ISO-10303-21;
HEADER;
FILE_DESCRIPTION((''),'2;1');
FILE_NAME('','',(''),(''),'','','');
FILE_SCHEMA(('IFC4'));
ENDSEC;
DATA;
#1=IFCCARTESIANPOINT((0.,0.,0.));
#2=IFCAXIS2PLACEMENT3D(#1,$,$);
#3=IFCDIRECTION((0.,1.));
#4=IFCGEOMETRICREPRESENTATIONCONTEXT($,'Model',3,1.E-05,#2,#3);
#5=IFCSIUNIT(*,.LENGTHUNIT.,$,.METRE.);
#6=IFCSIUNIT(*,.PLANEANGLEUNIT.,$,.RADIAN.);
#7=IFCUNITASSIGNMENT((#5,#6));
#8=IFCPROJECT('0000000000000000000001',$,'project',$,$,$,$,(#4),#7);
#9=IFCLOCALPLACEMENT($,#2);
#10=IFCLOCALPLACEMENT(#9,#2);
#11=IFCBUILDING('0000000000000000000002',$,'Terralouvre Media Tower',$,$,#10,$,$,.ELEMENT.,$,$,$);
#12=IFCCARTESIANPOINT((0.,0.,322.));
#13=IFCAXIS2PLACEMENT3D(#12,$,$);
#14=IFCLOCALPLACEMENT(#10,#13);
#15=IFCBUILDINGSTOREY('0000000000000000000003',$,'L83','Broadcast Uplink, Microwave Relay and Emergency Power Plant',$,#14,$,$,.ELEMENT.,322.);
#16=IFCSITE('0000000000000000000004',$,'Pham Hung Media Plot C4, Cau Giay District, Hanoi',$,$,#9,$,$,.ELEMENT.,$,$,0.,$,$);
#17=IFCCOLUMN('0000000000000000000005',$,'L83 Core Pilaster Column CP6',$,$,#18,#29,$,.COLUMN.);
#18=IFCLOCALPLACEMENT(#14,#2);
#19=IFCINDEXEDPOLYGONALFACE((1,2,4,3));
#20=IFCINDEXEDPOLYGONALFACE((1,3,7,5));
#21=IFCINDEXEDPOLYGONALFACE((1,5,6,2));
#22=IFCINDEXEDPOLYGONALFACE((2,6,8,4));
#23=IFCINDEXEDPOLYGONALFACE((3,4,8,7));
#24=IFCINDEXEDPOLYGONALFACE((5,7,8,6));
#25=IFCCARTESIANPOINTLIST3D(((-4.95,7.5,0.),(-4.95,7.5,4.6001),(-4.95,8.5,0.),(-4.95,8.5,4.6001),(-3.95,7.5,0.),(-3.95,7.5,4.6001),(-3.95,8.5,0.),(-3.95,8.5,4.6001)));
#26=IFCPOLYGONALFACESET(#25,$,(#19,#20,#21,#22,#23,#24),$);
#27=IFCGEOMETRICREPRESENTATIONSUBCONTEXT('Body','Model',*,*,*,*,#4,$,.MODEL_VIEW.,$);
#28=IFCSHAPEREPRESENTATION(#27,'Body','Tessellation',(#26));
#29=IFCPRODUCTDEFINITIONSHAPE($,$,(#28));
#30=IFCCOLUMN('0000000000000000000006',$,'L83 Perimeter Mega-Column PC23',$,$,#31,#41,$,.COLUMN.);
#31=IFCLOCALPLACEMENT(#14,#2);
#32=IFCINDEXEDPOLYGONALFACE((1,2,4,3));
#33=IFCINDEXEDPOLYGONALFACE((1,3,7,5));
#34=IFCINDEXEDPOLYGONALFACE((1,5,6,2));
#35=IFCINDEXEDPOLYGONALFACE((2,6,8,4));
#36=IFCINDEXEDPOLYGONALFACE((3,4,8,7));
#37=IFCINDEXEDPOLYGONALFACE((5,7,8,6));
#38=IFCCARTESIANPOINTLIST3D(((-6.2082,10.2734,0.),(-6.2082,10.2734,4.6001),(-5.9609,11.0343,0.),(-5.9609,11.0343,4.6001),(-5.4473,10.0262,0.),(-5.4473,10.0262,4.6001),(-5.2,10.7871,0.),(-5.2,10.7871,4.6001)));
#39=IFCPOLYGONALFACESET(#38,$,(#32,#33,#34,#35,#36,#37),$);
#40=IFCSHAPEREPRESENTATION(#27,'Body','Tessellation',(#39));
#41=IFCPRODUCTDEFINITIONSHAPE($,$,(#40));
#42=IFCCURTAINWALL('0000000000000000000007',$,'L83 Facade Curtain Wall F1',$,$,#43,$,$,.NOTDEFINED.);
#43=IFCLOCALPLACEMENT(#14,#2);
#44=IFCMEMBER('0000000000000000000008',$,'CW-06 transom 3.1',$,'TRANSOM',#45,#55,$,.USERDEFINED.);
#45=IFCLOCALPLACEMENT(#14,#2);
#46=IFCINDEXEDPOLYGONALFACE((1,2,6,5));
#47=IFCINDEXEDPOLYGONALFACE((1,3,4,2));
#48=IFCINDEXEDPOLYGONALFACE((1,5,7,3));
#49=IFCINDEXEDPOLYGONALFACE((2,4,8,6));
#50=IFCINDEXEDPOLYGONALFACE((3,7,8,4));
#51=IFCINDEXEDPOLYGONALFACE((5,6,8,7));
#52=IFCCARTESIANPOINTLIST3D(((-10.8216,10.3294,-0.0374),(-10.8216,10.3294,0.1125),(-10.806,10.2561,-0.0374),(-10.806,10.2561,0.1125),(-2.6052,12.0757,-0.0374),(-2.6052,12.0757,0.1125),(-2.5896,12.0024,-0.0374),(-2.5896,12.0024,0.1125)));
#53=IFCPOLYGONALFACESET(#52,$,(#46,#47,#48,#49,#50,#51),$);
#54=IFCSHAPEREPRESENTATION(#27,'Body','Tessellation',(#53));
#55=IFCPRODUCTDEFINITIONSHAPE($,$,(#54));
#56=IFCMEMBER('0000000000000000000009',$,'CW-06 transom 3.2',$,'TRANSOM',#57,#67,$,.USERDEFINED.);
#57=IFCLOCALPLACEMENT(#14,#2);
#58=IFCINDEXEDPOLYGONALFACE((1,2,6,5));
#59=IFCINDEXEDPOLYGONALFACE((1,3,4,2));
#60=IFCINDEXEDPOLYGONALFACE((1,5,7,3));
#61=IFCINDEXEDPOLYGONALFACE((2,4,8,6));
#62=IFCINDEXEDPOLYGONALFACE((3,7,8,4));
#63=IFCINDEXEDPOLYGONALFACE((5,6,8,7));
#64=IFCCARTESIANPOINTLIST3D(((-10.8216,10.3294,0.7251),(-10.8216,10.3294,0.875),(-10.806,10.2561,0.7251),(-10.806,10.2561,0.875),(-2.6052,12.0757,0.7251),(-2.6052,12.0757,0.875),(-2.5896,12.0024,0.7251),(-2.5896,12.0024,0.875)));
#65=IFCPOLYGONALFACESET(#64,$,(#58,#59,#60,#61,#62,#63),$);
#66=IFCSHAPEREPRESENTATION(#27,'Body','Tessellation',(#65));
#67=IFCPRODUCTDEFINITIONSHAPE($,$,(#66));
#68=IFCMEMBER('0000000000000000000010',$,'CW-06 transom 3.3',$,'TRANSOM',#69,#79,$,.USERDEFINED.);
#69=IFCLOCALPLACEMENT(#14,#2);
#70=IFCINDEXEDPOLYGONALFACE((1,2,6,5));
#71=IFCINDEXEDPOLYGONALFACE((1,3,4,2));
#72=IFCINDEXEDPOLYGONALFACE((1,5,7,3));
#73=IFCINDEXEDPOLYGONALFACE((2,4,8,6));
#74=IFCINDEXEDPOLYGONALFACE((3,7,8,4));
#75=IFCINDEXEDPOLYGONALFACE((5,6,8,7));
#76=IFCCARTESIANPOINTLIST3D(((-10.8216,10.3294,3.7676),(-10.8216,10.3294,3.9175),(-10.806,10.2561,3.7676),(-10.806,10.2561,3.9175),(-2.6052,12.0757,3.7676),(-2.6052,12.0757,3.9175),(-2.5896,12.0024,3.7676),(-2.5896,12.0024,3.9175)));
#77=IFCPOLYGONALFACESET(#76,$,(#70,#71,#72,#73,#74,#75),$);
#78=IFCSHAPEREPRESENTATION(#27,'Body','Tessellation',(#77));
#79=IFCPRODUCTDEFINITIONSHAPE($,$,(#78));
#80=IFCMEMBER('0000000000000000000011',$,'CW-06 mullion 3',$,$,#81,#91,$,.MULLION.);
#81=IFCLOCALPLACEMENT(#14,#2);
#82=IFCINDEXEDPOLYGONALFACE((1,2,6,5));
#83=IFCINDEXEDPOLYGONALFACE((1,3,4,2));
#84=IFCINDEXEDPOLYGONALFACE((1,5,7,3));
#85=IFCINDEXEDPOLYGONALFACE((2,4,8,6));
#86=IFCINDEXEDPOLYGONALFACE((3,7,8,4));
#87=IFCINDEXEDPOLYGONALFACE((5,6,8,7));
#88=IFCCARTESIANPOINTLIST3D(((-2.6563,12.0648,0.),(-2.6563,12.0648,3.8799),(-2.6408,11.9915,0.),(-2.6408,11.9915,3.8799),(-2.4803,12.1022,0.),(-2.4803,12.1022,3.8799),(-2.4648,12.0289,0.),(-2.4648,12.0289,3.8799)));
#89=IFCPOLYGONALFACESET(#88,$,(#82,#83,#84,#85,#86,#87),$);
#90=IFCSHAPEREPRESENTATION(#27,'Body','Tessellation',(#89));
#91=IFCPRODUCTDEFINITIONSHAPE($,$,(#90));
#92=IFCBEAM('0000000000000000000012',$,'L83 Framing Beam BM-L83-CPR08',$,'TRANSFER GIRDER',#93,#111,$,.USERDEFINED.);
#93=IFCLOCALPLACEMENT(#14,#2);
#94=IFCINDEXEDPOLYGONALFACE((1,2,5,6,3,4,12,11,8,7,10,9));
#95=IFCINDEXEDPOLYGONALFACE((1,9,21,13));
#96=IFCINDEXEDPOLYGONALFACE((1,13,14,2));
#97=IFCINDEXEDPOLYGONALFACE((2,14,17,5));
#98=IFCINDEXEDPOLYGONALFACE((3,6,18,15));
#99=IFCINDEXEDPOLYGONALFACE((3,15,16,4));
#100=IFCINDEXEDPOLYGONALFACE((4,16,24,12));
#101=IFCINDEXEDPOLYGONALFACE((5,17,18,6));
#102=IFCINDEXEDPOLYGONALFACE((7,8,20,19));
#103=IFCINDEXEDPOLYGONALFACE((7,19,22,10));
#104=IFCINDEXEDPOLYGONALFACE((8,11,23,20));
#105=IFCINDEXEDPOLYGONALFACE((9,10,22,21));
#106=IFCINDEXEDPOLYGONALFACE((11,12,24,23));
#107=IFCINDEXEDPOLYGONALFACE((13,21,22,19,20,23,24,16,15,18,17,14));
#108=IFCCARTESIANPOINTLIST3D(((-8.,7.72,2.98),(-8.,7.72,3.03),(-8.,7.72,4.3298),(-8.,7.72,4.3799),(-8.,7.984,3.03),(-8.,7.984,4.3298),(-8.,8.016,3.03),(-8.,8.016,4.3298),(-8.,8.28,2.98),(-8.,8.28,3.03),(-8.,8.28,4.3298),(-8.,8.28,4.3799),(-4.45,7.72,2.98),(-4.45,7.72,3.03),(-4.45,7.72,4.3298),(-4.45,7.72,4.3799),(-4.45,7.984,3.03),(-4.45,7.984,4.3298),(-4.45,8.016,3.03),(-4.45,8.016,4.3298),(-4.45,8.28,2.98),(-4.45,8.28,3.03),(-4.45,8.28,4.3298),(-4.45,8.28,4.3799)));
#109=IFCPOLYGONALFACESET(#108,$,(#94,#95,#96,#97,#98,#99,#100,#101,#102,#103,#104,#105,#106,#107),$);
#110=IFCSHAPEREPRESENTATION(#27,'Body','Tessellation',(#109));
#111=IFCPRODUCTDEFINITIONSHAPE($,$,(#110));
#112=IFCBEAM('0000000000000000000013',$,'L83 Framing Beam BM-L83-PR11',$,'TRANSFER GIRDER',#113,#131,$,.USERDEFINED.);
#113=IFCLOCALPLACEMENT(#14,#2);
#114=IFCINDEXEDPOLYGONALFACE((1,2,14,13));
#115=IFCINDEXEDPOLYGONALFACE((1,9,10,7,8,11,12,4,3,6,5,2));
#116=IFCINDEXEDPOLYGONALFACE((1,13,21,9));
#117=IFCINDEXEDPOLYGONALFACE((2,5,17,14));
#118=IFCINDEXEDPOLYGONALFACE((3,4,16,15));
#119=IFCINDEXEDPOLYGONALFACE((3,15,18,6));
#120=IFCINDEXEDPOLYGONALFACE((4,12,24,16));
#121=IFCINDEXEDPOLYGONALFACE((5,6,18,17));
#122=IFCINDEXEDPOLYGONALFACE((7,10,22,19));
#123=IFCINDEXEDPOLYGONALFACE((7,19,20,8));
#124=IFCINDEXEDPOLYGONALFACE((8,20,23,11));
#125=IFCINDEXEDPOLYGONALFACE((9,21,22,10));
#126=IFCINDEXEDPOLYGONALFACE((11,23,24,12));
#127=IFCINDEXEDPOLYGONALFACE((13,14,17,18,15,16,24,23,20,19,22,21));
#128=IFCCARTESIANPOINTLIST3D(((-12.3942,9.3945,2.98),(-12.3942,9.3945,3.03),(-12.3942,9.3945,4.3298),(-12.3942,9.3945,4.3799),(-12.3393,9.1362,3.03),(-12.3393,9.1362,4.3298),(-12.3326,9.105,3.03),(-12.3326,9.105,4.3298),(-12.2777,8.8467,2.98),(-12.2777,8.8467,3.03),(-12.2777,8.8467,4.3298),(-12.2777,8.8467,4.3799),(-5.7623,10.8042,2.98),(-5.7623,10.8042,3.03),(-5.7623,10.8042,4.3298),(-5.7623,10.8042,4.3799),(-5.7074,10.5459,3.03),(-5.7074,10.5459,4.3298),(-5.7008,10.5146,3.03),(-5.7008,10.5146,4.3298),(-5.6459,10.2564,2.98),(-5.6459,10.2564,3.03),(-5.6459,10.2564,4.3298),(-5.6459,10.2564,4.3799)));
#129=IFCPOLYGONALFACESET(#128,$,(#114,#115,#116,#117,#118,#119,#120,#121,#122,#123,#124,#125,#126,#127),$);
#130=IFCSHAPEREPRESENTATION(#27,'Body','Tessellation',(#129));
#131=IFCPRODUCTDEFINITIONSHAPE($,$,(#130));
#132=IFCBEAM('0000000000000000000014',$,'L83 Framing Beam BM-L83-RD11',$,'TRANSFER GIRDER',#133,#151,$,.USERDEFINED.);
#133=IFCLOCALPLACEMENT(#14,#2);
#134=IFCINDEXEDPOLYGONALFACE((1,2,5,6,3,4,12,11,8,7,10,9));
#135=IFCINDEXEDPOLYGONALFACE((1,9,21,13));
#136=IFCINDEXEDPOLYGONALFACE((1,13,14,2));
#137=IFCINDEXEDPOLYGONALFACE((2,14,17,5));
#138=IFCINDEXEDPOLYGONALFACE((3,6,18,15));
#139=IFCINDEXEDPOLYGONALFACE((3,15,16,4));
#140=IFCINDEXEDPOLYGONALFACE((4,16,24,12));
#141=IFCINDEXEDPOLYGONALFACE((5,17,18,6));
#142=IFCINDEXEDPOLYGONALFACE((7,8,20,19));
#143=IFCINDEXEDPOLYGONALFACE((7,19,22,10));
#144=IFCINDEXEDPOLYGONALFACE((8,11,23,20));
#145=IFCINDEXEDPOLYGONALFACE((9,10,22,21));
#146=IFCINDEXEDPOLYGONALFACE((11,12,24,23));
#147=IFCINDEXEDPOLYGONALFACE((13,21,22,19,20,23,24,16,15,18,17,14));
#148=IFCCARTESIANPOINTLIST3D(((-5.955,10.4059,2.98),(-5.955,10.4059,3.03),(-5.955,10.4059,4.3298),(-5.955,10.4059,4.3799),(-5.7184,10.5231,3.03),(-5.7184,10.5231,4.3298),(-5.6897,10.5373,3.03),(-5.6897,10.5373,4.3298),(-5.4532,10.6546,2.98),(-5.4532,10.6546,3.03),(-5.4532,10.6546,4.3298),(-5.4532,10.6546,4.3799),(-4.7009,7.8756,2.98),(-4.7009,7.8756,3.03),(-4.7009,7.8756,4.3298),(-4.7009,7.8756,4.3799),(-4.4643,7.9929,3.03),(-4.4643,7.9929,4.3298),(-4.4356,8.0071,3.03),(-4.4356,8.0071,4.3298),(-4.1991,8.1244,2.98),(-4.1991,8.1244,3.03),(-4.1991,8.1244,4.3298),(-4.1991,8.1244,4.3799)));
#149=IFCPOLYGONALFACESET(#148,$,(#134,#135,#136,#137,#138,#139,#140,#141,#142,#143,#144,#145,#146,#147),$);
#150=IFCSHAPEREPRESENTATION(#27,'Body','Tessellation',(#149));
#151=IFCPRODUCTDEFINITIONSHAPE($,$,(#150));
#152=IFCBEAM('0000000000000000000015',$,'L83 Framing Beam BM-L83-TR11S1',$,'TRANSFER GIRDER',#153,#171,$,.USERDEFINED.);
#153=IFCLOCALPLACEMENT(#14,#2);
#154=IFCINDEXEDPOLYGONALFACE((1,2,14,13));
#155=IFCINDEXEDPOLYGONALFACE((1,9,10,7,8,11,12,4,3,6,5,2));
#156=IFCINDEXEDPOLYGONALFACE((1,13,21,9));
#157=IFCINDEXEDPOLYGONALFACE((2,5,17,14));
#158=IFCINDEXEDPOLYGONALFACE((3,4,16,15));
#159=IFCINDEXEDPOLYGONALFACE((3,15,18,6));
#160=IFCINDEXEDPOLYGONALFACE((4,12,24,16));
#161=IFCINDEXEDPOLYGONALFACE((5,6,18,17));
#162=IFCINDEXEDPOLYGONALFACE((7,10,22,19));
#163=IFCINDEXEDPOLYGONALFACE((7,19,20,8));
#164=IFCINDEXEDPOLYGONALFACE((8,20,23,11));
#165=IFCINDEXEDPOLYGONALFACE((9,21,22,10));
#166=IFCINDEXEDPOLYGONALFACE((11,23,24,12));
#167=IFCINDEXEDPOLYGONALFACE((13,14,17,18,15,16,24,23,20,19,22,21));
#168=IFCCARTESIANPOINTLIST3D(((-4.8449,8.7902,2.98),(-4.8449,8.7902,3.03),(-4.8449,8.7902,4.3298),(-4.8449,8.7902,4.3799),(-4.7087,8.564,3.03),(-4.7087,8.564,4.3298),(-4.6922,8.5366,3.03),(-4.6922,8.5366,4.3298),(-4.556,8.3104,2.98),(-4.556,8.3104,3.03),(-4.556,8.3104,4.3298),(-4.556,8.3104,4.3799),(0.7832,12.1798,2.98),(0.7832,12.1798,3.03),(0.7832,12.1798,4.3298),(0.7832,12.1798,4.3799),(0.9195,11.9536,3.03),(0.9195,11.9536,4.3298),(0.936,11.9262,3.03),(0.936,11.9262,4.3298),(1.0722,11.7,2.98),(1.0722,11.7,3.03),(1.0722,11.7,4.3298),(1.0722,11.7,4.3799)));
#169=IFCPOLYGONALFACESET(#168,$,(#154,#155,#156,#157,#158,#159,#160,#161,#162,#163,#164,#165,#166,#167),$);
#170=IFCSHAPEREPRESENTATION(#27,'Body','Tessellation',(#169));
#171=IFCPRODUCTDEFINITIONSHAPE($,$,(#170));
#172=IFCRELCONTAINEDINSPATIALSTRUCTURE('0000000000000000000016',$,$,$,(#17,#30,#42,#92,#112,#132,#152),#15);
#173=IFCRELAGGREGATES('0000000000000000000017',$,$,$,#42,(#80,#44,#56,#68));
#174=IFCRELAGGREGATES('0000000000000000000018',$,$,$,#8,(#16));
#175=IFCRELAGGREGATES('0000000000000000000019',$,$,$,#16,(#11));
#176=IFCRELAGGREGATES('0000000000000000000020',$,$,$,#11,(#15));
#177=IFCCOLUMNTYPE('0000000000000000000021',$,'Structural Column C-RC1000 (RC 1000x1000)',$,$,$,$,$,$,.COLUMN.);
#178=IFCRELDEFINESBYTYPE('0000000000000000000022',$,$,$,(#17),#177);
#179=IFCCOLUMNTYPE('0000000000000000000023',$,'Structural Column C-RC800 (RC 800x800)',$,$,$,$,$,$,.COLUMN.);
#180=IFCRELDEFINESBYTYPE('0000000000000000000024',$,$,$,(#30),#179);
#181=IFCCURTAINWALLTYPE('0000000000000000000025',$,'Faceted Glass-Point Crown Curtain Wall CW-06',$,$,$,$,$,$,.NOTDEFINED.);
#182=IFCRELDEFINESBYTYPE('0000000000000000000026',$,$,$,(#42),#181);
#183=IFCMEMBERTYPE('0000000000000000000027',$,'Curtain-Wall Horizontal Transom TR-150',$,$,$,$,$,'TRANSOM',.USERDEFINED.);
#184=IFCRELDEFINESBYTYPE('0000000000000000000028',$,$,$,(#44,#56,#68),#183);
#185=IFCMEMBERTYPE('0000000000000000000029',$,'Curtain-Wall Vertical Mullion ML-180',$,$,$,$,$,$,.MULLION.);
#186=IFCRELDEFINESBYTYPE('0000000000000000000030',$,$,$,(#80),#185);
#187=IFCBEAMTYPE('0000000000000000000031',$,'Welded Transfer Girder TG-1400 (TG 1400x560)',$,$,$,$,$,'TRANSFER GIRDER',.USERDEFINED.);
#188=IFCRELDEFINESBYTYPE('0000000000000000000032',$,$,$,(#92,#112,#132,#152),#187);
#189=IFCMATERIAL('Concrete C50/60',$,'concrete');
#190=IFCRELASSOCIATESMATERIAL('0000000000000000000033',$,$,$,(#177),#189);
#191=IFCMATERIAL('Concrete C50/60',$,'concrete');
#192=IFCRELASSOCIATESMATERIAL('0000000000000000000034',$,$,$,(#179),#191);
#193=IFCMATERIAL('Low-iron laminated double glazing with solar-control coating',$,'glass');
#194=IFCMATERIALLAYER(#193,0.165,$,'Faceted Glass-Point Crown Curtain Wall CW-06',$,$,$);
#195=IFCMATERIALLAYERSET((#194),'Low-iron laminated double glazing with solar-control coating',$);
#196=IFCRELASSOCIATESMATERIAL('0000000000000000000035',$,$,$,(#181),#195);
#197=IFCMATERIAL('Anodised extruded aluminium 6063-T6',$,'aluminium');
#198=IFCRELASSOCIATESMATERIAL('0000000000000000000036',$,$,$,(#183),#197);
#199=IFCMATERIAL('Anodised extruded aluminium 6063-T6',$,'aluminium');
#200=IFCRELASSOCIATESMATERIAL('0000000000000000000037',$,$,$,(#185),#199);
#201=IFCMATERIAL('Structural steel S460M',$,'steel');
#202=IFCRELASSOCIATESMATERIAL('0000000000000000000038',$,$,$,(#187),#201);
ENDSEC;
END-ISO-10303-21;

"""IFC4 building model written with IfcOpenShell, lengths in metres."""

from ifc_helpers import new_model, si_unit, direction, frame, origin, origin_2d, place, context, subcontext, project, spatial, rectangle, i_section, extrude, material, layer, layer_set, material_profile, profile_set, type_object, element, aggregate, save


model = new_model("IFC4")

# Units and contexts
model_context = context("Model", 3, precision=1e-05, world=origin(), true_north=direction((0.0, 1.0)))
body_context = subcontext(model_context, "Body", "Model", "MODEL_VIEW")
ifc_project = project(units=[si_unit("LENGTHUNIT", "METRE"), si_unit("PLANEANGLEUNIT", "RADIAN")], contexts=[model_context])

# Site, building, storey
site_placement = place(None, origin())
site = spatial("IfcSite", under=ifc_project, at=site_placement, Name="Pham Hung Media Plot C4, Cau Giay District, Hanoi", CompositionType="ELEMENT", RefElevation=0.0)
building_placement = place(site_placement, origin())
building = spatial("IfcBuilding", under=site, at=building_placement, Name="Terralouvre Media Tower", CompositionType="ELEMENT")
storey_placement = place(building_placement, frame((0.0, 0.0, 322.0)))
storey = spatial("IfcBuildingStorey", under=building, at=storey_placement, Name="L83", Description="Broadcast Uplink, Microwave Relay and Emergency Power Plant", CompositionType="ELEMENT", Elevation=322.0)

# Columns
ifc_material_1 = material(Name="Concrete C50/60", Category="concrete")
ifc_material_profile_1 = material_profile(ifc_material_1, rectangle(XDim=1.0, YDim=1.0, at=origin_2d()), Name="RC 1000x1000")
ifc_profile_set_1 = profile_set([ifc_material_profile_1], Name="Concrete C50/60")
column_type_1 = type_object("IfcColumnType", Name="Structural Column C-RC1000 (RC 1000x1000)", PredefinedType="COLUMN", material=ifc_profile_set_1)
column_1_placement = place(storey_placement, frame((-4.45, 8.0, 0.0), z_axis=(0.0, 0.0, 1.0), x_axis=(1.0, 0.0, 0.0)))
element("IfcColumn", 1, at=column_1_placement, inside=storey, type_object=column_type_1, Name="L83 Core Pilaster Column CP6", PredefinedType="COLUMN", context=body_context, shape_type="SweptSolid", body=[
    extrude(rectangle(XDim=1.0, YDim=1.0, at=origin_2d()), origin(), (0.0, 0.0, 1.0), 4.6001),
])
ifc_material_2 = material(Name="Concrete C50/60", Category="concrete")
ifc_material_profile_2 = material_profile(ifc_material_2, rectangle(XDim=0.8, YDim=0.8, at=origin_2d()), Name="RC 800x800")
ifc_profile_set_2 = profile_set([ifc_material_profile_2], Name="Concrete C50/60")
column_type_2 = type_object("IfcColumnType", Name="Structural Column C-RC800 (RC 800x800)", PredefinedType="COLUMN", material=ifc_profile_set_2)
column_2_placement = place(storey_placement, frame((-5.7041, 10.5303, 0.0), z_axis=(0.0, 0.0, 1.0), x_axis=(0.309017, 0.951057, 0.0)))
element("IfcColumn", 2, at=column_2_placement, inside=storey, type_object=column_type_2, Name="L83 Perimeter Mega-Column PC23", PredefinedType="COLUMN", context=body_context, shape_type="SweptSolid", body=[
    extrude(rectangle(XDim=0.8, YDim=0.8, at=origin_2d()), origin(), (0.0, 0.0, 1.0), 4.6001),
])

# Curtain wall, members
ifc_material_3 = material(Name="Low-iron laminated double glazing with solar-control coating", Category="glass")
ifc_layer_1 = layer(ifc_material_3, 0.165, Name="Faceted Glass-Point Crown Curtain Wall CW-06")
ifc_layer_set_1 = layer_set([ifc_layer_1], Name="Low-iron laminated double glazing with solar-control coating")
curtain_wall_type = type_object("IfcCurtainWallType", Name="Faceted Glass-Point Crown Curtain Wall CW-06", PredefinedType="NOTDEFINED", material=ifc_layer_set_1)
curtain_wall_placement = place(storey_placement, origin())
curtain_wall = element("IfcCurtainWall", 3, at=curtain_wall_placement, inside=storey, type_object=curtain_wall_type, Name="L83 Facade Curtain Wall F1", PredefinedType="NOTDEFINED")
ifc_material_4 = material(Name="Anodised extruded aluminium 6063-T6", Category="aluminium")
ifc_material_profile_3 = material_profile(ifc_material_4, rectangle(XDim=0.075, YDim=0.1499, at=origin_2d()), Name="ALU 75x150")
ifc_profile_set_3 = profile_set([ifc_material_profile_3], Name="Anodised extruded aluminium 6063-T6")
member_type_1 = type_object("IfcMemberType", Name="Curtain-Wall Horizontal Transom TR-150", ElementType="TRANSOM", PredefinedType="USERDEFINED", material=ifc_profile_set_3)
member_1_placement = place(storey_placement, frame((-2.5974, 12.0391, 0.0376), z_axis=(-0.97815, -0.207901, 0.0), x_axis=(0.207901, -0.97815, 0.0)))
member_1 = element("IfcMember", 4, at=member_1_placement, type_object=member_type_1, Name="CW-06 transom 3.1", ObjectType="TRANSOM", PredefinedType="USERDEFINED", context=body_context, shape_type="SweptSolid", body=[
    extrude(rectangle(XDim=0.075, YDim=0.1499, at=origin_2d()), origin(), (0.0, 0.0, 1.0), 8.3999),
])
member_2_placement = place(storey_placement, frame((-2.5974, 12.0391, 0.8), z_axis=(-0.97815, -0.207901, 0.0), x_axis=(0.207901, -0.97815, 0.0)))
member_2 = element("IfcMember", 5, at=member_2_placement, type_object=member_type_1, Name="CW-06 transom 3.2", ObjectType="TRANSOM", PredefinedType="USERDEFINED", context=body_context, shape_type="SweptSolid", body=[
    extrude(rectangle(XDim=0.075, YDim=0.1499, at=origin_2d()), origin(), (0.0, 0.0, 1.0), 8.3999),
])
member_3_placement = place(storey_placement, frame((-2.5974, 12.0391, 3.8425), z_axis=(-0.97815, -0.207901, 0.0), x_axis=(0.207901, -0.97815, 0.0)))
member_3 = element("IfcMember", 6, at=member_3_placement, type_object=member_type_1, Name="CW-06 transom 3.3", ObjectType="TRANSOM", PredefinedType="USERDEFINED", context=body_context, shape_type="SweptSolid", body=[
    extrude(rectangle(XDim=0.075, YDim=0.1499, at=origin_2d()), origin(), (0.0, 0.0, 1.0), 8.3999),
])
ifc_material_5 = material(Name="Anodised extruded aluminium 6063-T6", Category="aluminium")
ifc_material_profile_4 = material_profile(ifc_material_5, rectangle(XDim=0.075, YDim=0.1799, at=origin_2d()), Name="ALU 75x180")
ifc_profile_set_4 = profile_set([ifc_material_profile_4], Name="Anodised extruded aluminium 6063-T6")
member_type_2 = type_object("IfcMemberType", Name="Curtain-Wall Vertical Mullion ML-180", PredefinedType="MULLION", material=ifc_profile_set_4)
member_4_placement = place(storey_placement, frame((-2.5605, 12.0469, 0.0), z_axis=(0.0, 0.0, 1.0), x_axis=(0.207912, -0.978148, 0.0)))
member_4 = element("IfcMember", 7, at=member_4_placement, type_object=member_type_2, Name="CW-06 mullion 3", PredefinedType="MULLION", context=body_context, shape_type="SweptSolid", body=[
    extrude(rectangle(XDim=0.075, YDim=0.1799, at=origin_2d()), origin(), (0.0, 0.0, 1.0), 3.8799),
])

# Beams
ifc_material_6 = material(Name="Structural steel S460M", Category="steel")
ifc_material_profile_5 = material_profile(ifc_material_6, i_section(OverallWidth=0.5601, OverallDepth=1.3999, WebThickness=0.032, FlangeThickness=0.05, at=origin_2d()), Name="TG 1400x560")
ifc_profile_set_5 = profile_set([ifc_material_profile_5], Name="Structural steel S460M")
beam_type = type_object("IfcBeamType", Name="Welded Transfer Girder TG-1400 (TG 1400x560)", ElementType="TRANSFER GIRDER", PredefinedType="USERDEFINED", material=ifc_profile_set_5)
beam_1_placement = place(storey_placement, frame((-4.45, 8.0, 3.6799), z_axis=(-1.0, 0.0, 0.0), x_axis=(0.0, -1.0, 0.0)))
element("IfcBeam", 8, at=beam_1_placement, inside=storey, type_object=beam_type, Name="L83 Framing Beam BM-L83-CPR08", ObjectType="TRANSFER GIRDER", PredefinedType="USERDEFINED", context=body_context, shape_type="SweptSolid", body=[
    extrude(i_section(OverallWidth=0.5601, OverallDepth=1.3999, WebThickness=0.032, FlangeThickness=0.05, at=origin_2d()), origin(), (0.0, 0.0, 1.0), 3.55),
])
beam_2_placement = place(storey_placement, frame((-5.7041, 10.5303, 3.6799), z_axis=(-0.978147, -0.207916, 0.0), x_axis=(0.207916, -0.978147, 0.0)))
element("IfcBeam", 9, at=beam_2_placement, inside=storey, type_object=beam_type, Name="L83 Framing Beam BM-L83-PR11", ObjectType="TRANSFER GIRDER", PredefinedType="USERDEFINED", context=body_context, shape_type="SweptSolid", body=[
    extrude(i_section(OverallWidth=0.5601, OverallDepth=1.3999, WebThickness=0.032, FlangeThickness=0.05, at=origin_2d()), origin(), (0.0, 0.0, 1.0), 6.78),
])
beam_3_placement = place(storey_placement, frame((-4.45, 8.0, 3.6799), z_axis=(-0.444099, 0.895978, 0.0), x_axis=(-0.895978, -0.444099, 0.0)))
element("IfcBeam", 10, at=beam_3_placement, inside=storey, type_object=beam_type, Name="L83 Framing Beam BM-L83-RD11", ObjectType="TRANSFER GIRDER", PredefinedType="USERDEFINED", context=body_context, shape_type="SweptSolid", body=[
    extrude(i_section(OverallWidth=0.5601, OverallDepth=1.3999, WebThickness=0.032, FlangeThickness=0.05, at=origin_2d()), origin(), (0.0, 0.0, 1.0), 2.824),
])
beam_4_placement = place(storey_placement, frame((-4.7004, 8.5503, 3.6799), z_axis=(0.856636, 0.515921, 0.0), x_axis=(-0.515921, 0.856636, 0.0)))
element("IfcBeam", 11, at=beam_4_placement, inside=storey, type_object=beam_type, Name="L83 Framing Beam BM-L83-TR11S1", ObjectType="TRANSFER GIRDER", PredefinedType="USERDEFINED", context=body_context, shape_type="SweptSolid", body=[
    extrude(i_section(OverallWidth=0.5601, OverallDepth=1.3999, WebThickness=0.032, FlangeThickness=0.05, at=origin_2d()), origin(), (0.0, 0.0, 1.0), 6.5701),
])

aggregate(curtain_wall, [member_4, member_1, member_2, member_3])

save(model, "model.ifc")
